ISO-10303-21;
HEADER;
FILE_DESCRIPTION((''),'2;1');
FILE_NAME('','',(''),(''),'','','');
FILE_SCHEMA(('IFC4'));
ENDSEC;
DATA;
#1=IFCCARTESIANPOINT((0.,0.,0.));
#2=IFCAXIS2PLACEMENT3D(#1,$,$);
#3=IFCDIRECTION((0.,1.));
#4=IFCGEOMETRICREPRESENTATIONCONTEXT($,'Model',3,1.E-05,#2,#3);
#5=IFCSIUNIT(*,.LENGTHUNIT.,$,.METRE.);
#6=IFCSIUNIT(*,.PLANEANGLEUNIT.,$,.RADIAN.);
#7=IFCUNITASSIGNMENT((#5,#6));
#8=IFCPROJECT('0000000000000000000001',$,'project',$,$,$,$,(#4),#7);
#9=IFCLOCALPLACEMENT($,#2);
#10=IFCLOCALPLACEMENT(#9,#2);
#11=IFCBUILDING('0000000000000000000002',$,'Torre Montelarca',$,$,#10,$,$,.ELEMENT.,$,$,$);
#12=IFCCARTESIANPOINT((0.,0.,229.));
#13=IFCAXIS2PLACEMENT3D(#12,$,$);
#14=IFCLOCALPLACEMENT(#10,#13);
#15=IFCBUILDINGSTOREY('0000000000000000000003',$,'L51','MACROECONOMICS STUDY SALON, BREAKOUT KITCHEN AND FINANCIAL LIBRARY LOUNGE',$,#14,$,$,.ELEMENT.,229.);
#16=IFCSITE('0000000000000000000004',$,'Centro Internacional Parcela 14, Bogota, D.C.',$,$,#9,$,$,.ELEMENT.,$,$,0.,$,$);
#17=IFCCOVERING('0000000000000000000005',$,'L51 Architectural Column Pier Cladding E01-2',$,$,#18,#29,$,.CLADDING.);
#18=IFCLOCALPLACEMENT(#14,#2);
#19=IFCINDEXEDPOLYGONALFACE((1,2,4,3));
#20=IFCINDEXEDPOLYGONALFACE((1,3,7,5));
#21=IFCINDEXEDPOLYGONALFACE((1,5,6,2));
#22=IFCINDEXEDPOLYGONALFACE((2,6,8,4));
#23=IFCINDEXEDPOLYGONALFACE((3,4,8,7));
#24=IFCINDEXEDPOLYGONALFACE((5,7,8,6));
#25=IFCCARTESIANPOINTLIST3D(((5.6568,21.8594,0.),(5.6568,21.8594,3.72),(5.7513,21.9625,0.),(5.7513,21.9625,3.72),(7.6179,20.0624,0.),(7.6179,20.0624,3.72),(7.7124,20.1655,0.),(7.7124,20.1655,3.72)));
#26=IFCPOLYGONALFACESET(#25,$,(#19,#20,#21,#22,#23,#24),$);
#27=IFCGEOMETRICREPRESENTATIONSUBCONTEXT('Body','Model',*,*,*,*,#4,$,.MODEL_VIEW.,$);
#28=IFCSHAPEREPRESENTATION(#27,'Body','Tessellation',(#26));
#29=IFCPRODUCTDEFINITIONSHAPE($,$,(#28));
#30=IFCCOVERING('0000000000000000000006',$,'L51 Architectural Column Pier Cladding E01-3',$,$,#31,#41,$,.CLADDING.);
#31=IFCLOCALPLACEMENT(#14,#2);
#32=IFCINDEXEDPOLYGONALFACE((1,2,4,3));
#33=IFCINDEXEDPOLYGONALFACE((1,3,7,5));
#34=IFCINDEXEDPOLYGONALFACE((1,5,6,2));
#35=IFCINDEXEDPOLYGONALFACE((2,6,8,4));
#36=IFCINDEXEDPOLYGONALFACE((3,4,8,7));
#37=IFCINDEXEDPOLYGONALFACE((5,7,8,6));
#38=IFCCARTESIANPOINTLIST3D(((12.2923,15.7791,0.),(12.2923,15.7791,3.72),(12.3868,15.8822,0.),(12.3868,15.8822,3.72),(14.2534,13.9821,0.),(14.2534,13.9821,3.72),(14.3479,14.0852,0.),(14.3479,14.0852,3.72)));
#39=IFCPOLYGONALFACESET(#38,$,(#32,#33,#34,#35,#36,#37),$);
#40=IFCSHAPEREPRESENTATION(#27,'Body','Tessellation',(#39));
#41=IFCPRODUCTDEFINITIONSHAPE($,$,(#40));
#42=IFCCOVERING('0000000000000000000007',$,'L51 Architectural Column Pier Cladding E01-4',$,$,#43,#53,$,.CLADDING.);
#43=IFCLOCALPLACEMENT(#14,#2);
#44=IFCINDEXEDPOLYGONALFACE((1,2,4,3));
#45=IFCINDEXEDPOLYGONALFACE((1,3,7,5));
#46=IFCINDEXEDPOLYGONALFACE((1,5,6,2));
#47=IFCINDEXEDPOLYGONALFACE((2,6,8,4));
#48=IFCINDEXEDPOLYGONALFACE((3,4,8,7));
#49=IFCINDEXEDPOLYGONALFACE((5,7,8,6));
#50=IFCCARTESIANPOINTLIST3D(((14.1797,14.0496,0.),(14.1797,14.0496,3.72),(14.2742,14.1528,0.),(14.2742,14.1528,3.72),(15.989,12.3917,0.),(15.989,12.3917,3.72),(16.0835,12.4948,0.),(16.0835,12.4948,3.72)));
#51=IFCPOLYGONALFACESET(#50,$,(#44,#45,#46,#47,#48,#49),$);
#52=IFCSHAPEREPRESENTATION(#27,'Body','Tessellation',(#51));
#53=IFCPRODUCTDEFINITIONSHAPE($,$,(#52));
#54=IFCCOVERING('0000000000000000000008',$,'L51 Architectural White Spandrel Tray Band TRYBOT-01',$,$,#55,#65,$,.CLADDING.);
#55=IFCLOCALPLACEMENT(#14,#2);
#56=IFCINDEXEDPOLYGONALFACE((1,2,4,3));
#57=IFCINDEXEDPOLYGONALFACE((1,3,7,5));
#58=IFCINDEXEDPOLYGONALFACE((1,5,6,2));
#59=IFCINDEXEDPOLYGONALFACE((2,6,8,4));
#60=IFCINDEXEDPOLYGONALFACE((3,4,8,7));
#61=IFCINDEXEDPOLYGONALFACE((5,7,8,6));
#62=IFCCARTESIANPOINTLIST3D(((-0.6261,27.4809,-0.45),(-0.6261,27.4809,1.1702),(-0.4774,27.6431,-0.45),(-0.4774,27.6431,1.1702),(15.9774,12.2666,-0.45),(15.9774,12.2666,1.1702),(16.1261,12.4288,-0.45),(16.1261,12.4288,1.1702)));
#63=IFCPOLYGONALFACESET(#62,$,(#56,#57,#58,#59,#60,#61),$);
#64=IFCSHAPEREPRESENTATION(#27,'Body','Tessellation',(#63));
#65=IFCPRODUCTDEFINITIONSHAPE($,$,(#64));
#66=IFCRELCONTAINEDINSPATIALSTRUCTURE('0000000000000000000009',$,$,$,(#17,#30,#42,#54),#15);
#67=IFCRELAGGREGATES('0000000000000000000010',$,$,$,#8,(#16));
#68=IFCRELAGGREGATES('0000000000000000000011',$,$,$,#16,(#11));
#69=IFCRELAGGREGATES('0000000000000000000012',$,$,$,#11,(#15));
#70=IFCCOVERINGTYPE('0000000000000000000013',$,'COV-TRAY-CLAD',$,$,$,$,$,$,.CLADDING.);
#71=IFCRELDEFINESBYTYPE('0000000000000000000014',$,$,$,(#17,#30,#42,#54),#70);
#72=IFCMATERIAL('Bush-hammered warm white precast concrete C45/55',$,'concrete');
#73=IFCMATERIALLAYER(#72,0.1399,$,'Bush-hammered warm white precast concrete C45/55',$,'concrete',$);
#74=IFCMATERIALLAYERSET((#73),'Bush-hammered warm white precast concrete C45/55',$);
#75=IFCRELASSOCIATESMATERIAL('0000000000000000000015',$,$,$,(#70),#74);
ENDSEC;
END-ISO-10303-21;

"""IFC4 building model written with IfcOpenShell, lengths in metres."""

from ifc_helpers import new_model, si_unit, direction, frame, origin, origin_2d, place, context, subcontext, project, spatial, rectangle, extrude, source, transform, mapped, material, layer, layer_set, type_object, element, save


model = new_model("IFC4")

# Units and contexts
model_context = context("Model", 3, precision=1e-05, world=origin(), true_north=direction((0.0, 1.0)))
body_context = subcontext(model_context, "Body", "Model", "MODEL_VIEW")
ifc_project = project(units=[si_unit("LENGTHUNIT", "METRE"), si_unit("PLANEANGLEUNIT", "RADIAN")], contexts=[model_context])

# Site, building, storey
site_placement = place(None, origin())
site = spatial("IfcSite", under=ifc_project, at=site_placement, Name="Centro Internacional Parcela 14, Bogota, D.C.", CompositionType="ELEMENT", RefElevation=0.0)
building_placement = place(site_placement, origin())
building = spatial("IfcBuilding", under=site, at=building_placement, Name="Torre Montelarca", CompositionType="ELEMENT")
storey_placement = place(building_placement, frame((0.0, 0.0, 229.0)))
storey = spatial("IfcBuildingStorey", under=building, at=storey_placement, Name="L51", Description="MACROECONOMICS STUDY SALON, BREAKOUT KITCHEN AND FINANCIAL LIBRARY LOUNGE", CompositionType="ELEMENT", Elevation=229.0)

# Coverings
ifc_material_1 = material(Name="Bush-hammered warm white precast concrete C45/55", Category="concrete")
ifc_layer_1 = layer(ifc_material_1, 0.1399, Name="Bush-hammered warm white precast concrete C45/55", Category="concrete")
ifc_layer_set_1 = layer_set([ifc_layer_1], Name="Bush-hammered warm white precast concrete C45/55")
covering_type = type_object("IfcCoveringType", Name="COV-TRAY-CLAD", PredefinedType="CLADDING", material=ifc_layer_set_1)
shared_shape_1 = source(origin(), body_context, "Body", "SweptSolid", [
    extrude(rectangle(XDim=2.6599, YDim=0.1399, at=origin_2d()), origin(), (0.0, 0.0, 1.0), 3.72),
])
for number, where, z_axis, x_axis, name in (
    (1, (6.6846, 21.0125, 0.0), (0.0, 0.0, 1.0), (0.737277, -0.67559, 0.0), "L51 Architectural Column Pier Cladding E01-2"),
    (2, (13.3201, 14.9321, 0.0), (0.0, 0.0, 1.0), (0.737277, -0.67559, 0.0), "L51 Architectural Column Pier Cladding E01-3"),
):
    element("IfcCovering", number, at=place(storey_placement, frame(where, z_axis=z_axis, x_axis=x_axis)), inside=storey, type_object=covering_type, Name=name, PredefinedType="CLADDING", context=body_context, shape_type="MappedRepresentation", body=[
        mapped(shared_shape_1, transform((0.0, 0.0, 0.0), scale=1.0)),
    ])
shared_shape_2 = source(origin(), body_context, "Body", "SweptSolid", [
    extrude(rectangle(XDim=2.4541, YDim=0.1399, at=origin_2d()), origin(), (0.0, 0.0, 1.0), 3.72),
])
covering_1_placement = place(storey_placement, frame((15.1316, 13.2722, 0.0), z_axis=(0.0, 0.0, 1.0), x_axis=(0.737277, -0.67559, 0.0)))
element("IfcCovering", 3, at=covering_1_placement, inside=storey, type_object=covering_type, Name="L51 Architectural Column Pier Cladding E01-4", PredefinedType="CLADDING", context=body_context, shape_type="MappedRepresentation", body=[
    mapped(shared_shape_2, transform((0.0, 0.0, 0.0), scale=1.0)),
])
shared_shape_3 = source(origin(), body_context, "Body", "SweptSolid", [
    extrude(rectangle(XDim=22.52, YDim=0.22, at=origin_2d()), origin(), (0.0, 0.0, 1.0), 1.6201),
])
covering_2_placement = place(storey_placement, frame((7.75, 19.9548, -0.45), z_axis=(0.0, 0.0, 1.0), x_axis=(0.737277, -0.67559, 0.0)))
element("IfcCovering", 4, at=covering_2_placement, inside=storey, type_object=covering_type, Name="L51 Architectural White Spandrel Tray Band TRYBOT-01", PredefinedType="CLADDING", context=body_context, shape_type="MappedRepresentation", body=[
    mapped(shared_shape_3, transform((0.0, 0.0, 0.0), scale=1.0)),
])

save(model, "model.ifc")
